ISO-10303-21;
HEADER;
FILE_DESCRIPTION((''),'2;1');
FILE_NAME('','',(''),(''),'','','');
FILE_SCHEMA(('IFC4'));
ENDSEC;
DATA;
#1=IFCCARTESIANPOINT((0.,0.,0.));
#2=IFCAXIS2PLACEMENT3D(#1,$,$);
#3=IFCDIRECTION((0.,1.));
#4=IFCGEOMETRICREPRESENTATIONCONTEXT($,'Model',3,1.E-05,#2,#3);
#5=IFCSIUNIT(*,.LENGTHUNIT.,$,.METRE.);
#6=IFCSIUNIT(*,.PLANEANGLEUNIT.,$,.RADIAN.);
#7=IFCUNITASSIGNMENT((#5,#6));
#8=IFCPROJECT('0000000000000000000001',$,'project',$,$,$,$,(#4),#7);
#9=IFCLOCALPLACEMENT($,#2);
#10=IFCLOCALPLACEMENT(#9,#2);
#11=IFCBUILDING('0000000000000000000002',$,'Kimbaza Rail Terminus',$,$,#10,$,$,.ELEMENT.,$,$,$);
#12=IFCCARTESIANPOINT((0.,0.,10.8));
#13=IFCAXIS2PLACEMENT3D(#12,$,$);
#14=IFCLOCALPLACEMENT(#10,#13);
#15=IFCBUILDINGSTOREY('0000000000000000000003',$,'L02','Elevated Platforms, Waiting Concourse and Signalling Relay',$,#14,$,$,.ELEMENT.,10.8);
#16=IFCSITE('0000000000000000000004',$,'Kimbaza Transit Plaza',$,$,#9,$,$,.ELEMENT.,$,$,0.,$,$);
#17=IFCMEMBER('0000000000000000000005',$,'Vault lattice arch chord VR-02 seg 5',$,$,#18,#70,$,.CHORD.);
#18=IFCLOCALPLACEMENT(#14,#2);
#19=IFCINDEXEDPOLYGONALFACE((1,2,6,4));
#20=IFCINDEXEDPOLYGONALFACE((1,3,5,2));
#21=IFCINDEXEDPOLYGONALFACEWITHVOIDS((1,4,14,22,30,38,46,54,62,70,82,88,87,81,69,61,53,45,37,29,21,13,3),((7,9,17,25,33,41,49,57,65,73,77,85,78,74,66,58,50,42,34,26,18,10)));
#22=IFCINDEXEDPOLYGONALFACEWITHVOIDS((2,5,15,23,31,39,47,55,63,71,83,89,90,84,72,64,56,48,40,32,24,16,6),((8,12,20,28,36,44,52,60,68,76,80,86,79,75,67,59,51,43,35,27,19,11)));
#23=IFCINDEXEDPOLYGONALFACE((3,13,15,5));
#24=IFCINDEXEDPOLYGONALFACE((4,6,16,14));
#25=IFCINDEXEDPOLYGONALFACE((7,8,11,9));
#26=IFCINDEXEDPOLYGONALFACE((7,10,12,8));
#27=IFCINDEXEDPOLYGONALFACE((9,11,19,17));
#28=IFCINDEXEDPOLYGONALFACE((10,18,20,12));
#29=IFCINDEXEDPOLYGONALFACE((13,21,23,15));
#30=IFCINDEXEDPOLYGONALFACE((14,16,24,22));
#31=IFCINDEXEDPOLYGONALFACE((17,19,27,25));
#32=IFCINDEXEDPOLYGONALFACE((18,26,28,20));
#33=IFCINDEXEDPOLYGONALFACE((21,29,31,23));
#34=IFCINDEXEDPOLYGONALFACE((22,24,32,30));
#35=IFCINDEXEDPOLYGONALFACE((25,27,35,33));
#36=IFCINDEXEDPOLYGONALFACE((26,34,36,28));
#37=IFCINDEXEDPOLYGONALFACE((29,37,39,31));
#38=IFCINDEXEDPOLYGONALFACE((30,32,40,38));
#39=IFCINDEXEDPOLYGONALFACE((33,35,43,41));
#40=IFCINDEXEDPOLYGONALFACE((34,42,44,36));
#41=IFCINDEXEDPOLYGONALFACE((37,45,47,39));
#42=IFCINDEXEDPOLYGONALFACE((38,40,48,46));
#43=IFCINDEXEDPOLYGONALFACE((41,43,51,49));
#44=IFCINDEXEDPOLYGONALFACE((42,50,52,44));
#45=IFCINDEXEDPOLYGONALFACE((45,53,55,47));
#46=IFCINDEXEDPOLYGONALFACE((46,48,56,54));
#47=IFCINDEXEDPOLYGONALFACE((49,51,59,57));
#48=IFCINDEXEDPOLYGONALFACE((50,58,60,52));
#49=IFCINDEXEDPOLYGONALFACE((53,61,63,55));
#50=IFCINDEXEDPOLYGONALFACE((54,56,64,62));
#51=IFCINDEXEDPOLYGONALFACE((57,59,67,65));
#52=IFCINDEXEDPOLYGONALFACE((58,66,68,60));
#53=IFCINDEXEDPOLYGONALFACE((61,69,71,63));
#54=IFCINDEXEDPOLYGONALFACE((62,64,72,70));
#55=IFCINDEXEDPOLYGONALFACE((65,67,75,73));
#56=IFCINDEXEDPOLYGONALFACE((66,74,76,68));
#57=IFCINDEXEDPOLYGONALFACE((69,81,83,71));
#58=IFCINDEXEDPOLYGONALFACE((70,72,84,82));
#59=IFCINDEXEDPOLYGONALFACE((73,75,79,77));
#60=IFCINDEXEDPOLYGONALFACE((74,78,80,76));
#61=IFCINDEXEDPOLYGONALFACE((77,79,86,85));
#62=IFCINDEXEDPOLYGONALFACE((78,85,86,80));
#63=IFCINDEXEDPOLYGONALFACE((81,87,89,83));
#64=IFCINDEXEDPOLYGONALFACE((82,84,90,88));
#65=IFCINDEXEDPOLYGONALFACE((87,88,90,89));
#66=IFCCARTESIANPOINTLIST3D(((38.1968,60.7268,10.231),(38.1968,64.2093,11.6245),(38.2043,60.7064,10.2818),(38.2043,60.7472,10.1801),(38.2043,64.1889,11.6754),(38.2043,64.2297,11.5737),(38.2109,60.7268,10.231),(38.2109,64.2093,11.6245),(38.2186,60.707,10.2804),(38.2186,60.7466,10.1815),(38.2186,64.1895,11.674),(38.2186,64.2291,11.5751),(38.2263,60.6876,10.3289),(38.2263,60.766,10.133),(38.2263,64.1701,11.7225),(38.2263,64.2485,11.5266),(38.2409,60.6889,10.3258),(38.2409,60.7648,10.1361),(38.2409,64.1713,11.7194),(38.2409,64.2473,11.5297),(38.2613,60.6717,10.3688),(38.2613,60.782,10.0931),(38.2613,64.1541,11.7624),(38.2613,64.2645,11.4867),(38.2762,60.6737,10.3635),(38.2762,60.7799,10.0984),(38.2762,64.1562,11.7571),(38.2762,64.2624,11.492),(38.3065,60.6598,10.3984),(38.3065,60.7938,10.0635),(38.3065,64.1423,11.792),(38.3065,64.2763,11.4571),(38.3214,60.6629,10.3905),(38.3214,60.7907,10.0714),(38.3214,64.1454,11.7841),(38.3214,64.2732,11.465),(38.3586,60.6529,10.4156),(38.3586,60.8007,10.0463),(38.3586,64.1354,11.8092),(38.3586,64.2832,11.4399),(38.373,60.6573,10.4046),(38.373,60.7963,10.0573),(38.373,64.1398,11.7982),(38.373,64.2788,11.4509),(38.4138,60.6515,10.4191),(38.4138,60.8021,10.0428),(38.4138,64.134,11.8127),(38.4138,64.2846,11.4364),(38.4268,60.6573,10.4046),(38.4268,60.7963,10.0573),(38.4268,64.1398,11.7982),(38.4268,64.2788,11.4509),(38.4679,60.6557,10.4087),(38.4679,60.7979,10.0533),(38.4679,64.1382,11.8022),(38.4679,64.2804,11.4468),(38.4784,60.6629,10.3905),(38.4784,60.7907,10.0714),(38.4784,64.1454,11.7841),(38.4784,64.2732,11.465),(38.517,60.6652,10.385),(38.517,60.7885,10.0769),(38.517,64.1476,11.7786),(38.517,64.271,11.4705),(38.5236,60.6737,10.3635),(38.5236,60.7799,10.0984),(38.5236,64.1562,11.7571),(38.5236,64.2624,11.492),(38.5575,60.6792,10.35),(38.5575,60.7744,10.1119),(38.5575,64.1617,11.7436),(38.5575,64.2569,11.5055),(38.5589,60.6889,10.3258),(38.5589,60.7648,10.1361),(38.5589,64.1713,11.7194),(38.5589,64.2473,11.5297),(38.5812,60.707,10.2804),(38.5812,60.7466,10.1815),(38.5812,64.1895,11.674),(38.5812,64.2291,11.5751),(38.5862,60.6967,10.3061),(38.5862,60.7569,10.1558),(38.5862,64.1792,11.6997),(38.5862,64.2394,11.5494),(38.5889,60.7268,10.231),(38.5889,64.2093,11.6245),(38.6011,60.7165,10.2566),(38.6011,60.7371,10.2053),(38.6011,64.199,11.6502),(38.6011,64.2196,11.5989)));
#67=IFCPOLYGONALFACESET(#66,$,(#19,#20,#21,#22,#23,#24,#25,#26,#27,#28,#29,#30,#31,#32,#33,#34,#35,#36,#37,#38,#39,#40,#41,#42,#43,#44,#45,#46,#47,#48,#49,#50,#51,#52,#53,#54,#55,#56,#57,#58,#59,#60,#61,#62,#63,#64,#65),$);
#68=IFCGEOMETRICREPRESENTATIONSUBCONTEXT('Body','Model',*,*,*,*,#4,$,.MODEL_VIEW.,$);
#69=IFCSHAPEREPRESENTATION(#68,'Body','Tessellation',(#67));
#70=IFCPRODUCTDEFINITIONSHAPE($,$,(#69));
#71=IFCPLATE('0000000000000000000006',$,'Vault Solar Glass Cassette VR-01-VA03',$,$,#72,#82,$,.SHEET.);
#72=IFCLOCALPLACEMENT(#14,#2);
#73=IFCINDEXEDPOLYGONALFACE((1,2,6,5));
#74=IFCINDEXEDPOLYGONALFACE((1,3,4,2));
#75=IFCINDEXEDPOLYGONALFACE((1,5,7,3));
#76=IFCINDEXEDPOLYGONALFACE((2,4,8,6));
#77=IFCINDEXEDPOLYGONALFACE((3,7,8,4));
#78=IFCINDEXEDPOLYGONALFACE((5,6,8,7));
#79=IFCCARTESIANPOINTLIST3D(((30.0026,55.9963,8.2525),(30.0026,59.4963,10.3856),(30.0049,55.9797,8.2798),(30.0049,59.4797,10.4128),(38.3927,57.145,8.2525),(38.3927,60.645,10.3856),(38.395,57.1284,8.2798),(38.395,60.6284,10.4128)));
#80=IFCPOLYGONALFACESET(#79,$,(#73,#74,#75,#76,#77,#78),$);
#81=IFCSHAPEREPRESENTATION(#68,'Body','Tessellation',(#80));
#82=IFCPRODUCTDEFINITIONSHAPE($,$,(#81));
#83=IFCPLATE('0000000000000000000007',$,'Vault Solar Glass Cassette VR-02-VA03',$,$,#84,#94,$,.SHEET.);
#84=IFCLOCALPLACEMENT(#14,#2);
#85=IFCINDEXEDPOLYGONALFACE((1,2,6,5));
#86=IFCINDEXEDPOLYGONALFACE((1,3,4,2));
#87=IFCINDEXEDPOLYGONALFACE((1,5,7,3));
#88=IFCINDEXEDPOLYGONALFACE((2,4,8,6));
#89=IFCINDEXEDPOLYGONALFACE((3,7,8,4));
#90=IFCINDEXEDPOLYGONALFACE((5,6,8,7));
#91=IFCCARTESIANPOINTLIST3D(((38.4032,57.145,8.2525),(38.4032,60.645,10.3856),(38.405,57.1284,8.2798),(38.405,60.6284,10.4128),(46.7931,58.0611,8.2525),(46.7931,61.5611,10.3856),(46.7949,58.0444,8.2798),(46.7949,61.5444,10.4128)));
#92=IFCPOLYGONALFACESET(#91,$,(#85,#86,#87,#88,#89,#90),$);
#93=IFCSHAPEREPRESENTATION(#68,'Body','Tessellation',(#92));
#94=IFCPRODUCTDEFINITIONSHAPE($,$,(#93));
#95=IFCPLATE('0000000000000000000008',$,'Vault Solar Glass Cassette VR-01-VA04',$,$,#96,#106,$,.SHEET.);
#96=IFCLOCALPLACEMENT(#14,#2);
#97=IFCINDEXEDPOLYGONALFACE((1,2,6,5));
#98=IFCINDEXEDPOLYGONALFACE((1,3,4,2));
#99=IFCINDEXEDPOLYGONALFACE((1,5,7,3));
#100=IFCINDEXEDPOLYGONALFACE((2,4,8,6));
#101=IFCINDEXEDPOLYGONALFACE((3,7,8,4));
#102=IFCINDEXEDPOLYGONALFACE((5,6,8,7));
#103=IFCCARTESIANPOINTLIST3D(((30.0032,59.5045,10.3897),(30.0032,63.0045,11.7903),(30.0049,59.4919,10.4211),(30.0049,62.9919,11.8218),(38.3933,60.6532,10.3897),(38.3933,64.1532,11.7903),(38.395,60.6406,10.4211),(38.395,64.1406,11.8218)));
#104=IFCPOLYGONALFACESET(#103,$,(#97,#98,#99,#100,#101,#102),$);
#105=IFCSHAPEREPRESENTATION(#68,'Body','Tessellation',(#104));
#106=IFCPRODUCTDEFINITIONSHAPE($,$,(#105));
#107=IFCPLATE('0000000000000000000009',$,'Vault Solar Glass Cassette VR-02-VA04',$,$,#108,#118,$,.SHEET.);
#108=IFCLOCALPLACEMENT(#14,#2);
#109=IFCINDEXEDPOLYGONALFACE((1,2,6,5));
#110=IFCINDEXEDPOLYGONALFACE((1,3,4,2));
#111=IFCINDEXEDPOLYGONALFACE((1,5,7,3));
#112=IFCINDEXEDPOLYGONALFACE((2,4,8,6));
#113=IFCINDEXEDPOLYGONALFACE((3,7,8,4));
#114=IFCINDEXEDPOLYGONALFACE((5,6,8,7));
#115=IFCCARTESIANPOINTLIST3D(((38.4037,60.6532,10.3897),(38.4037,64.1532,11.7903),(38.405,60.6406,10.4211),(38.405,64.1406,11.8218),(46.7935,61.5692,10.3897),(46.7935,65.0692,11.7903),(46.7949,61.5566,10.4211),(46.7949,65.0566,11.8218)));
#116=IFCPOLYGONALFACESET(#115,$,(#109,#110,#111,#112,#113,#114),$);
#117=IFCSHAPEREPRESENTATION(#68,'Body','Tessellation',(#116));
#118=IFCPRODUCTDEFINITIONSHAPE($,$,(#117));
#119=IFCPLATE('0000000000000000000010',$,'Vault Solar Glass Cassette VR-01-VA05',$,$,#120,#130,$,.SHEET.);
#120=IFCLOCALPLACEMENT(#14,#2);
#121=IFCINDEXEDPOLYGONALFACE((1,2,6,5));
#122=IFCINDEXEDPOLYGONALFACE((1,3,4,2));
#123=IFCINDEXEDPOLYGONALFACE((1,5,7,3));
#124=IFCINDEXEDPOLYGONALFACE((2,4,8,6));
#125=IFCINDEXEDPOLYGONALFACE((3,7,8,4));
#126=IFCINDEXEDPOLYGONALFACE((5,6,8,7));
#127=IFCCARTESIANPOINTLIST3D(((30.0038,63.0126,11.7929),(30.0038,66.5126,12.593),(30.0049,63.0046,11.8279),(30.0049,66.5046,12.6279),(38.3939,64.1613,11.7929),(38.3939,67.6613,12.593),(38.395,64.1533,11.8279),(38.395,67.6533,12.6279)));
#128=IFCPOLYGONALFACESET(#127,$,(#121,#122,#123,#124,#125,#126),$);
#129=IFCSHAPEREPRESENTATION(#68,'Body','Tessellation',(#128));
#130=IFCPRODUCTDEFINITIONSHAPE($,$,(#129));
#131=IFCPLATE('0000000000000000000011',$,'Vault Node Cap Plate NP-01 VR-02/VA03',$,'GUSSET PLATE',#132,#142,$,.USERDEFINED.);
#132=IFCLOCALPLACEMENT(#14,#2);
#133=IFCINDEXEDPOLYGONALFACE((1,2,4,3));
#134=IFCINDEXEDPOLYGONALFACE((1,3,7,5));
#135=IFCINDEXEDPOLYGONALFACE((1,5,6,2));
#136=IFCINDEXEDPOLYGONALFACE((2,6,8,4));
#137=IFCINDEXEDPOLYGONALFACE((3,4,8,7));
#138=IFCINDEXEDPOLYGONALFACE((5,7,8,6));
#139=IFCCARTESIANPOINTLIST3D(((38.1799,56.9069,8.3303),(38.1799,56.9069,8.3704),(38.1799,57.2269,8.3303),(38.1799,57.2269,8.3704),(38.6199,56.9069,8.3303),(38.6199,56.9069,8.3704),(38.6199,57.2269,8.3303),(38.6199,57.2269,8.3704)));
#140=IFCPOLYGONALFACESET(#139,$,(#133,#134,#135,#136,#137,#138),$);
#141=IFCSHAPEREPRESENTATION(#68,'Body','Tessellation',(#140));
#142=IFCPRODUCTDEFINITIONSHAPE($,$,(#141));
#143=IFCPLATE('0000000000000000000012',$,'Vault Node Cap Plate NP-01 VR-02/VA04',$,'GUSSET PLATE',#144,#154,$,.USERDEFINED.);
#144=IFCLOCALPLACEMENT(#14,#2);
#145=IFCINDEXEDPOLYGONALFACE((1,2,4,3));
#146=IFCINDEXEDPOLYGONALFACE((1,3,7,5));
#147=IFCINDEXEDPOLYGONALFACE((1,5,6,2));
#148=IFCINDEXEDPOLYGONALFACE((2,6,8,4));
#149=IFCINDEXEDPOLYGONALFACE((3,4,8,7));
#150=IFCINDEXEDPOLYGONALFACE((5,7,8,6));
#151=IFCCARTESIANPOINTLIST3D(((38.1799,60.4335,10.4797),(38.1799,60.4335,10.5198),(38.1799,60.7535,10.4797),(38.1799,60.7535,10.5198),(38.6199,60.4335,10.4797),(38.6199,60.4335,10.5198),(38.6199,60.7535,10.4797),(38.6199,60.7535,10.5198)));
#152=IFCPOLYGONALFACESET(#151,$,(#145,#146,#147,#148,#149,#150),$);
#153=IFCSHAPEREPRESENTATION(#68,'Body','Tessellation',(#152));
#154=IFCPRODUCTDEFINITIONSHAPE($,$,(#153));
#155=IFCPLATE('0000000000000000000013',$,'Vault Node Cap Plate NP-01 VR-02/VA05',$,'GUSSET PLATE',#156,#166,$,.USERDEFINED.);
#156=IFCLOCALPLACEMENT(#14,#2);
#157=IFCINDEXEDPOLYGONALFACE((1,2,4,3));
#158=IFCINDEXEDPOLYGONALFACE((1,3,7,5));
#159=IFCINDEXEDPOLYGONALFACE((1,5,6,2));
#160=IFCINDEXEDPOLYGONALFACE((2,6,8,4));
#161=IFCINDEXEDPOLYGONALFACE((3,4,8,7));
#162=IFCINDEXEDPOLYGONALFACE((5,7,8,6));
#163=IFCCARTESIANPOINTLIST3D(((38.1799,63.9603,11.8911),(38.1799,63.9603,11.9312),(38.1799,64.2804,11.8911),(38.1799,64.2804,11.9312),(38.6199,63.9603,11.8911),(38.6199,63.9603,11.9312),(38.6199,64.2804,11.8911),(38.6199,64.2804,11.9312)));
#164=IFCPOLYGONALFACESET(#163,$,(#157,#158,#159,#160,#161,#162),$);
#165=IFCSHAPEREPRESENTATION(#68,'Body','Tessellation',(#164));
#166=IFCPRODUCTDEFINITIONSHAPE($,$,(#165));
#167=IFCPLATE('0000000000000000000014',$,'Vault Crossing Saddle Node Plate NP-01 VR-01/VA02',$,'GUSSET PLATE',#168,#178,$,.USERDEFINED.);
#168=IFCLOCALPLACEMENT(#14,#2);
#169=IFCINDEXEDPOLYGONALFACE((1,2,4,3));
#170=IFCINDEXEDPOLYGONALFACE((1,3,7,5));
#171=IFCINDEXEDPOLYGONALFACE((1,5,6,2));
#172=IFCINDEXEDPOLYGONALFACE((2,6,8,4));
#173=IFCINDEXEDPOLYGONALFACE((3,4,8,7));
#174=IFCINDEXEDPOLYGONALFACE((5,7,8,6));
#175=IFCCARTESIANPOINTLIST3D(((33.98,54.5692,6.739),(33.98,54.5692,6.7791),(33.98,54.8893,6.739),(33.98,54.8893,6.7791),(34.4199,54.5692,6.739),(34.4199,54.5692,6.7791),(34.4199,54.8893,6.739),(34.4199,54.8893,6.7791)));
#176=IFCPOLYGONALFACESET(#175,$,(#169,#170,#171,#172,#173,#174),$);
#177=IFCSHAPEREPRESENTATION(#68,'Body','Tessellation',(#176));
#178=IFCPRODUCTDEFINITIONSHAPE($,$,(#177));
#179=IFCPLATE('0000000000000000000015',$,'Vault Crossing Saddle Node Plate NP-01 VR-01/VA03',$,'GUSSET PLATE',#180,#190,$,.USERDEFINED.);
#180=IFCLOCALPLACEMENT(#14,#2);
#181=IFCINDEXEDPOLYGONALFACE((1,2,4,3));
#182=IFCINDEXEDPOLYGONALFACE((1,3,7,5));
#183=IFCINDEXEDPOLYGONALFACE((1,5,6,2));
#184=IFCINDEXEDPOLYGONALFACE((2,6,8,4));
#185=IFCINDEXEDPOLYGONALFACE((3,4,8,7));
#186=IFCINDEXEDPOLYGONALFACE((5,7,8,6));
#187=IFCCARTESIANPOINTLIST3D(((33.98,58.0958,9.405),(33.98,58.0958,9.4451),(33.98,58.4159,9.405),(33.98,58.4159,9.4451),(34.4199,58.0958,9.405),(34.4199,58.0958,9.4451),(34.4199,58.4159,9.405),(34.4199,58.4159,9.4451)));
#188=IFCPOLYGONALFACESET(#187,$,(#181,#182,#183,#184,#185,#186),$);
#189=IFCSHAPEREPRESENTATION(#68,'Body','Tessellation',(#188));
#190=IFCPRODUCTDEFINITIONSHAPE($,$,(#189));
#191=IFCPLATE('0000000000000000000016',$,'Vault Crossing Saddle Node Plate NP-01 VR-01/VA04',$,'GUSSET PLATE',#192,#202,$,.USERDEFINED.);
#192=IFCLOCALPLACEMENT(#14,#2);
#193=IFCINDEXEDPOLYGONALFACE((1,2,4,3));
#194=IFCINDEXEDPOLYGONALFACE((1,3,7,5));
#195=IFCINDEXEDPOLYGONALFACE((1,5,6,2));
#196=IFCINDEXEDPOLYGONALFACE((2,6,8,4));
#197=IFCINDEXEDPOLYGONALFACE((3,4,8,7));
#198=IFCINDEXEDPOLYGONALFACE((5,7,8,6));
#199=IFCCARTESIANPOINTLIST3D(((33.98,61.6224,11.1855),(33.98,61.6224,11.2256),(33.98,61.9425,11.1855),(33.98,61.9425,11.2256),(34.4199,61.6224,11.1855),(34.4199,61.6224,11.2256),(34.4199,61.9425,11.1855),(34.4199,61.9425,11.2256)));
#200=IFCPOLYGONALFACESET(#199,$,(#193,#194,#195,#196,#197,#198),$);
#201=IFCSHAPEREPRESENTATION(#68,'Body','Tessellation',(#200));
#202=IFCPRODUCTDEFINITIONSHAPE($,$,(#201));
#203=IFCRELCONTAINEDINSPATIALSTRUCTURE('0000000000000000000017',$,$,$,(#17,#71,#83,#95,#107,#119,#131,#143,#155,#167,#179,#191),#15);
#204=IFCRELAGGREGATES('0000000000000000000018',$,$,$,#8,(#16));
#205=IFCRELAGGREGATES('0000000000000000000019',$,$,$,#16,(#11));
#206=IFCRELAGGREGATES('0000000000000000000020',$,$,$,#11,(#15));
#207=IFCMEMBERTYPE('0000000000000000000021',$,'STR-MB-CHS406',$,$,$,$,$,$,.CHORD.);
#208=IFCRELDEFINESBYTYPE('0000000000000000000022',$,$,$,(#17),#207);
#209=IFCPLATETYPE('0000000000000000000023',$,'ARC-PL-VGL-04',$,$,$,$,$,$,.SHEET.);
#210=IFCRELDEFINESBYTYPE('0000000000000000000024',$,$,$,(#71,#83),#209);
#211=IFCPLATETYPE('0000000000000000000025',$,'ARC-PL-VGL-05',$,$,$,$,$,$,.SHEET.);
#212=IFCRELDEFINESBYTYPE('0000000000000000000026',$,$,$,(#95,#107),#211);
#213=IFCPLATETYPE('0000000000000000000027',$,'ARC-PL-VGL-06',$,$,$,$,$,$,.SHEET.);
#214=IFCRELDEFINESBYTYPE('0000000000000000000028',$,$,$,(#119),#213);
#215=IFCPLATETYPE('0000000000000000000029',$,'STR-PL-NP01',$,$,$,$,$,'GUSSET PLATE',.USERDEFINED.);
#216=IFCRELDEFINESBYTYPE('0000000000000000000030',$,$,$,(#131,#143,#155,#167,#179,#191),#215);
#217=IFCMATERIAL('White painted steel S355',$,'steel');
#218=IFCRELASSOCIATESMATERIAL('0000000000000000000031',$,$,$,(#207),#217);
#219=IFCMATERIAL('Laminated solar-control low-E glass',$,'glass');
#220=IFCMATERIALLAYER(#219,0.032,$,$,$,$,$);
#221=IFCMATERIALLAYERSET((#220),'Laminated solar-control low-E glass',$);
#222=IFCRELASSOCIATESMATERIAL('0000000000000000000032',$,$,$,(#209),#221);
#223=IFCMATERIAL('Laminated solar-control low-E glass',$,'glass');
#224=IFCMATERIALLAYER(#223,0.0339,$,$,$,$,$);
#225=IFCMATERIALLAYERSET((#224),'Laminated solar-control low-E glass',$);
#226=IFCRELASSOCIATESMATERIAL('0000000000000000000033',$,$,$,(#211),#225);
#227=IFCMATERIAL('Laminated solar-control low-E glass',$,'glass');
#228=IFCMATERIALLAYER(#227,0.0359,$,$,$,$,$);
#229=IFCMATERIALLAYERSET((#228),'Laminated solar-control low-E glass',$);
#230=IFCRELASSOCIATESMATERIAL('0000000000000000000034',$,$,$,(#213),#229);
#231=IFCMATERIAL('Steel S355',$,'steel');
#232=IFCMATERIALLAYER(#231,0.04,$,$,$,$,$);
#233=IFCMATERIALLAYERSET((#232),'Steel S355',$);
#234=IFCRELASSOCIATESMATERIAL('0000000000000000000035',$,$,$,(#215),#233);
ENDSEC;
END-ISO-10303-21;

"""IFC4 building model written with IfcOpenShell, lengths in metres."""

from ifc_helpers import new_model, si_unit, direction, frame, origin, origin_2d, place, context, subcontext, project, spatial, polyline, rectangle, hollow_circle, outline, extrude, material, layer, layer_set, material_profile, profile_set, type_object, element, save


model = new_model("IFC4")

# Units and contexts
model_context = context("Model", 3, precision=1e-05, world=origin(), true_north=direction((0.0, 1.0)))
body_context = subcontext(model_context, "Body", "Model", "MODEL_VIEW")
ifc_project = project(units=[si_unit("LENGTHUNIT", "METRE"), si_unit("PLANEANGLEUNIT", "RADIAN")], contexts=[model_context])

# Site, building, storey
site_placement = place(None, origin())
site = spatial("IfcSite", under=ifc_project, at=site_placement, Name="Kimbaza Transit Plaza", CompositionType="ELEMENT", RefElevation=0.0)
building_placement = place(site_placement, origin())
building = spatial("IfcBuilding", under=site, at=building_placement, Name="Kimbaza Rail Terminus", CompositionType="ELEMENT")
storey_placement = place(building_placement, frame((0.0, 0.0, 10.8)))
storey = spatial("IfcBuildingStorey", under=building, at=storey_placement, Name="L02", Description="Elevated Platforms, Waiting Concourse and Signalling Relay", CompositionType="ELEMENT", Elevation=10.8)

# Member
ifc_material_1 = material(Name="White painted steel S355", Category="steel")
ifc_material_profile_1 = material_profile(ifc_material_1, hollow_circle(Radius=0.2031, WallThickness=0.0142, at=origin_2d()), Name="CHS 406.4x14.2")
ifc_profile_set_1 = profile_set([ifc_material_profile_1], Name="White painted steel S355")
member_type_1 = type_object("IfcMemberType", Name="STR-MB-CHS406", PredefinedType="CHORD", material=ifc_profile_set_1)
member_1_placement = place(storey_placement, frame((38.3999, 60.7268, 10.231), z_axis=(0.0, 0.928423, 0.371525), x_axis=(-1.0, 0.0, 0.0)))
element("IfcMember", 1, at=member_1_placement, inside=storey, type_object=member_type_1, Name="Vault lattice arch chord VR-02 seg 5", PredefinedType="CHORD", context=body_context, shape_type="SweptSolid", body=[
    extrude(hollow_circle(Radius=0.2031, WallThickness=0.0142, at=origin_2d()), origin(), (0.0, 0.0, 1.0), 3.751),
])

# Plates
ifc_material_2 = material(Name="Laminated solar-control low-E glass", Category="glass")
ifc_layer_1 = layer(ifc_material_2, 0.032)
ifc_layer_set_1 = layer_set([ifc_layer_1], Name="Laminated solar-control low-E glass")
plate_type_1 = type_object("IfcPlateType", Name="ARC-PL-VGL-04", PredefinedType="SHEET", material=ifc_layer_set_1)
plate_1_placement = place(storey_placement, frame((30.0049, 55.9797, 8.2798), z_axis=(0.071069, -0.519098, 0.851755), x_axis=(0.990758, 0.135643, 0.0)))
element("IfcPlate", 2, at=plate_1_placement, inside=storey, type_object=plate_type_1, Name="Vault Solar Glass Cassette VR-01-VA03", PredefinedType="SHEET", context=body_context, shape_type="SweptSolid", body=[
    extrude(outline(polyline([(0.0, 0.0), (8.4684, 0.0), (8.9432, 4.0712), (0.4748, 4.0712), (0.0, 0.0)])), origin(), (0.0, 0.0, -1.0), 0.032),
])
plate_2_placement = place(storey_placement, frame((38.405, 57.1284, 8.2798), z_axis=(0.056728, -0.519576, 0.852539), x_axis=(0.994093, 0.108536, 0.0)))
element("IfcPlate", 3, at=plate_2_placement, inside=storey, type_object=plate_type_1, Name="Vault Solar Glass Cassette VR-02-VA03", PredefinedType="SHEET", context=body_context, shape_type="SweptSolid", body=[
    extrude(outline(polyline([(0.0, 0.0), (8.4398, 0.0), (8.8196, 4.0811), (0.3799, 4.0811), (0.0, 0.0)])), origin(), (0.0, 0.0, -1.0), 0.032),
])
ifc_material_3 = material(Name="Laminated solar-control low-E glass", Category="glass")
ifc_layer_2 = layer(ifc_material_3, 0.0339)
ifc_layer_set_2 = layer_set([ifc_layer_2], Name="Laminated solar-control low-E glass")
plate_type_2 = type_object("IfcPlateType", Name="ARC-PL-VGL-05", PredefinedType="SHEET", material=ifc_layer_set_2)
plate_3_placement = place(storey_placement, frame((30.0049, 59.4919, 10.4211), z_axis=(0.050801, -0.371056, 0.92722), x_axis=(0.990758, 0.135643, 0.0)))
element("IfcPlate", 4, at=plate_3_placement, inside=storey, type_object=plate_type_2, Name="Vault Solar Glass Cassette VR-01-VA04", PredefinedType="SHEET", context=body_context, shape_type="SweptSolid", body=[
    extrude(outline(polyline([(0.0, 0.0), (8.4684, 0.0), (8.9432, 3.7398), (0.4748, 3.7398), (0.0, 0.0)])), origin(), (0.0, 0.0, -1.0), 0.0339),
])
plate_4_placement = place(storey_placement, frame((38.405, 60.6406, 10.4211), z_axis=(0.040531, -0.371231, 0.927656), x_axis=(0.994093, 0.108536, 0.0)))
element("IfcPlate", 5, at=plate_4_placement, inside=storey, type_object=plate_type_2, Name="Vault Solar Glass Cassette VR-02-VA04", PredefinedType="SHEET", context=body_context, shape_type="SweptSolid", body=[
    extrude(outline(polyline([(0.0, 0.0), (8.4398, 0.0), (8.8196, 3.7507), (0.3799, 3.7507), (0.0, 0.0)])), origin(), (0.0, 0.0, -1.0), 0.0339),
])
ifc_material_4 = material(Name="Laminated solar-control low-E glass", Category="glass")
ifc_layer_3 = layer(ifc_material_4, 0.0359)
ifc_layer_set_3 = layer_set([ifc_layer_3], Name="Laminated solar-control low-E glass")
plate_type_3 = type_object("IfcPlateType", Name="ARC-PL-VGL-06", PredefinedType="SHEET", material=ifc_layer_set_3)
plate_5_placement = place(storey_placement, frame((30.0049, 63.0046, 11.8279), z_axis=(0.030494, -0.222734, 0.974402), x_axis=(0.990758, 0.135643, 0.0)))
element("IfcPlate", 6, at=plate_5_placement, inside=storey, type_object=plate_type_3, Name="Vault Solar Glass Cassette VR-01-VA05", PredefinedType="SHEET", context=body_context, shape_type="SweptSolid", body=[
    extrude(outline(polyline([(0.0, 0.0), (8.4684, 0.0), (8.9432, 3.5587), (0.4748, 3.5587), (0.0, 0.0)])), origin(), (0.0, 0.0, -1.0), 0.0359),
])
ifc_material_5 = material(Name="Steel S355", Category="steel")
ifc_layer_4 = layer(ifc_material_5, 0.04)
ifc_layer_set_4 = layer_set([ifc_layer_4], Name="Steel S355")
plate_type_4 = type_object("IfcPlateType", Name="STR-PL-NP01", ElementType="GUSSET PLATE", PredefinedType="USERDEFINED", material=ifc_layer_set_4)
for number, where, z_axis, x_axis, name in (
    (7, (38.3999, 57.0669, 8.3303), (0.0, 0.0, 1.0), (1.0, 0.0, 0.0), "Vault Node Cap Plate NP-01 VR-02/VA03"),
    (8, (38.3999, 60.5935, 10.4797), (0.0, 0.0, 1.0), (1.0, 0.0, 0.0), "Vault Node Cap Plate NP-01 VR-02/VA04"),
    (9, (38.3999, 64.1204, 11.8911), (0.0, 0.0, 1.0), (1.0, 0.0, 0.0), "Vault Node Cap Plate NP-01 VR-02/VA05"),
    (10, (34.2, 54.7292, 6.739), (0.0, 0.0, 1.0), (1.0, 0.0, 0.0), "Vault Crossing Saddle Node Plate NP-01 VR-01/VA02"),
    (11, (34.2, 58.2559, 9.405), (0.0, 0.0, 1.0), (1.0, 0.0, 0.0), "Vault Crossing Saddle Node Plate NP-01 VR-01/VA03"),
    (12, (34.2, 61.7825, 11.1855), (0.0, 0.0, 1.0), (1.0, 0.0, 0.0), "Vault Crossing Saddle Node Plate NP-01 VR-01/VA04"),
):
    element("IfcPlate", number, at=place(storey_placement, frame(where, z_axis=z_axis, x_axis=x_axis)), inside=storey, type_object=plate_type_4, Name=name, ObjectType="GUSSET PLATE", PredefinedType="USERDEFINED", context=body_context, shape_type="SweptSolid", body=[
        extrude(rectangle(XDim=0.4399, YDim=0.3201, at=origin_2d()), origin(), (0.0, 0.0, 1.0), 0.04),
    ])

save(model, "model.ifc")
